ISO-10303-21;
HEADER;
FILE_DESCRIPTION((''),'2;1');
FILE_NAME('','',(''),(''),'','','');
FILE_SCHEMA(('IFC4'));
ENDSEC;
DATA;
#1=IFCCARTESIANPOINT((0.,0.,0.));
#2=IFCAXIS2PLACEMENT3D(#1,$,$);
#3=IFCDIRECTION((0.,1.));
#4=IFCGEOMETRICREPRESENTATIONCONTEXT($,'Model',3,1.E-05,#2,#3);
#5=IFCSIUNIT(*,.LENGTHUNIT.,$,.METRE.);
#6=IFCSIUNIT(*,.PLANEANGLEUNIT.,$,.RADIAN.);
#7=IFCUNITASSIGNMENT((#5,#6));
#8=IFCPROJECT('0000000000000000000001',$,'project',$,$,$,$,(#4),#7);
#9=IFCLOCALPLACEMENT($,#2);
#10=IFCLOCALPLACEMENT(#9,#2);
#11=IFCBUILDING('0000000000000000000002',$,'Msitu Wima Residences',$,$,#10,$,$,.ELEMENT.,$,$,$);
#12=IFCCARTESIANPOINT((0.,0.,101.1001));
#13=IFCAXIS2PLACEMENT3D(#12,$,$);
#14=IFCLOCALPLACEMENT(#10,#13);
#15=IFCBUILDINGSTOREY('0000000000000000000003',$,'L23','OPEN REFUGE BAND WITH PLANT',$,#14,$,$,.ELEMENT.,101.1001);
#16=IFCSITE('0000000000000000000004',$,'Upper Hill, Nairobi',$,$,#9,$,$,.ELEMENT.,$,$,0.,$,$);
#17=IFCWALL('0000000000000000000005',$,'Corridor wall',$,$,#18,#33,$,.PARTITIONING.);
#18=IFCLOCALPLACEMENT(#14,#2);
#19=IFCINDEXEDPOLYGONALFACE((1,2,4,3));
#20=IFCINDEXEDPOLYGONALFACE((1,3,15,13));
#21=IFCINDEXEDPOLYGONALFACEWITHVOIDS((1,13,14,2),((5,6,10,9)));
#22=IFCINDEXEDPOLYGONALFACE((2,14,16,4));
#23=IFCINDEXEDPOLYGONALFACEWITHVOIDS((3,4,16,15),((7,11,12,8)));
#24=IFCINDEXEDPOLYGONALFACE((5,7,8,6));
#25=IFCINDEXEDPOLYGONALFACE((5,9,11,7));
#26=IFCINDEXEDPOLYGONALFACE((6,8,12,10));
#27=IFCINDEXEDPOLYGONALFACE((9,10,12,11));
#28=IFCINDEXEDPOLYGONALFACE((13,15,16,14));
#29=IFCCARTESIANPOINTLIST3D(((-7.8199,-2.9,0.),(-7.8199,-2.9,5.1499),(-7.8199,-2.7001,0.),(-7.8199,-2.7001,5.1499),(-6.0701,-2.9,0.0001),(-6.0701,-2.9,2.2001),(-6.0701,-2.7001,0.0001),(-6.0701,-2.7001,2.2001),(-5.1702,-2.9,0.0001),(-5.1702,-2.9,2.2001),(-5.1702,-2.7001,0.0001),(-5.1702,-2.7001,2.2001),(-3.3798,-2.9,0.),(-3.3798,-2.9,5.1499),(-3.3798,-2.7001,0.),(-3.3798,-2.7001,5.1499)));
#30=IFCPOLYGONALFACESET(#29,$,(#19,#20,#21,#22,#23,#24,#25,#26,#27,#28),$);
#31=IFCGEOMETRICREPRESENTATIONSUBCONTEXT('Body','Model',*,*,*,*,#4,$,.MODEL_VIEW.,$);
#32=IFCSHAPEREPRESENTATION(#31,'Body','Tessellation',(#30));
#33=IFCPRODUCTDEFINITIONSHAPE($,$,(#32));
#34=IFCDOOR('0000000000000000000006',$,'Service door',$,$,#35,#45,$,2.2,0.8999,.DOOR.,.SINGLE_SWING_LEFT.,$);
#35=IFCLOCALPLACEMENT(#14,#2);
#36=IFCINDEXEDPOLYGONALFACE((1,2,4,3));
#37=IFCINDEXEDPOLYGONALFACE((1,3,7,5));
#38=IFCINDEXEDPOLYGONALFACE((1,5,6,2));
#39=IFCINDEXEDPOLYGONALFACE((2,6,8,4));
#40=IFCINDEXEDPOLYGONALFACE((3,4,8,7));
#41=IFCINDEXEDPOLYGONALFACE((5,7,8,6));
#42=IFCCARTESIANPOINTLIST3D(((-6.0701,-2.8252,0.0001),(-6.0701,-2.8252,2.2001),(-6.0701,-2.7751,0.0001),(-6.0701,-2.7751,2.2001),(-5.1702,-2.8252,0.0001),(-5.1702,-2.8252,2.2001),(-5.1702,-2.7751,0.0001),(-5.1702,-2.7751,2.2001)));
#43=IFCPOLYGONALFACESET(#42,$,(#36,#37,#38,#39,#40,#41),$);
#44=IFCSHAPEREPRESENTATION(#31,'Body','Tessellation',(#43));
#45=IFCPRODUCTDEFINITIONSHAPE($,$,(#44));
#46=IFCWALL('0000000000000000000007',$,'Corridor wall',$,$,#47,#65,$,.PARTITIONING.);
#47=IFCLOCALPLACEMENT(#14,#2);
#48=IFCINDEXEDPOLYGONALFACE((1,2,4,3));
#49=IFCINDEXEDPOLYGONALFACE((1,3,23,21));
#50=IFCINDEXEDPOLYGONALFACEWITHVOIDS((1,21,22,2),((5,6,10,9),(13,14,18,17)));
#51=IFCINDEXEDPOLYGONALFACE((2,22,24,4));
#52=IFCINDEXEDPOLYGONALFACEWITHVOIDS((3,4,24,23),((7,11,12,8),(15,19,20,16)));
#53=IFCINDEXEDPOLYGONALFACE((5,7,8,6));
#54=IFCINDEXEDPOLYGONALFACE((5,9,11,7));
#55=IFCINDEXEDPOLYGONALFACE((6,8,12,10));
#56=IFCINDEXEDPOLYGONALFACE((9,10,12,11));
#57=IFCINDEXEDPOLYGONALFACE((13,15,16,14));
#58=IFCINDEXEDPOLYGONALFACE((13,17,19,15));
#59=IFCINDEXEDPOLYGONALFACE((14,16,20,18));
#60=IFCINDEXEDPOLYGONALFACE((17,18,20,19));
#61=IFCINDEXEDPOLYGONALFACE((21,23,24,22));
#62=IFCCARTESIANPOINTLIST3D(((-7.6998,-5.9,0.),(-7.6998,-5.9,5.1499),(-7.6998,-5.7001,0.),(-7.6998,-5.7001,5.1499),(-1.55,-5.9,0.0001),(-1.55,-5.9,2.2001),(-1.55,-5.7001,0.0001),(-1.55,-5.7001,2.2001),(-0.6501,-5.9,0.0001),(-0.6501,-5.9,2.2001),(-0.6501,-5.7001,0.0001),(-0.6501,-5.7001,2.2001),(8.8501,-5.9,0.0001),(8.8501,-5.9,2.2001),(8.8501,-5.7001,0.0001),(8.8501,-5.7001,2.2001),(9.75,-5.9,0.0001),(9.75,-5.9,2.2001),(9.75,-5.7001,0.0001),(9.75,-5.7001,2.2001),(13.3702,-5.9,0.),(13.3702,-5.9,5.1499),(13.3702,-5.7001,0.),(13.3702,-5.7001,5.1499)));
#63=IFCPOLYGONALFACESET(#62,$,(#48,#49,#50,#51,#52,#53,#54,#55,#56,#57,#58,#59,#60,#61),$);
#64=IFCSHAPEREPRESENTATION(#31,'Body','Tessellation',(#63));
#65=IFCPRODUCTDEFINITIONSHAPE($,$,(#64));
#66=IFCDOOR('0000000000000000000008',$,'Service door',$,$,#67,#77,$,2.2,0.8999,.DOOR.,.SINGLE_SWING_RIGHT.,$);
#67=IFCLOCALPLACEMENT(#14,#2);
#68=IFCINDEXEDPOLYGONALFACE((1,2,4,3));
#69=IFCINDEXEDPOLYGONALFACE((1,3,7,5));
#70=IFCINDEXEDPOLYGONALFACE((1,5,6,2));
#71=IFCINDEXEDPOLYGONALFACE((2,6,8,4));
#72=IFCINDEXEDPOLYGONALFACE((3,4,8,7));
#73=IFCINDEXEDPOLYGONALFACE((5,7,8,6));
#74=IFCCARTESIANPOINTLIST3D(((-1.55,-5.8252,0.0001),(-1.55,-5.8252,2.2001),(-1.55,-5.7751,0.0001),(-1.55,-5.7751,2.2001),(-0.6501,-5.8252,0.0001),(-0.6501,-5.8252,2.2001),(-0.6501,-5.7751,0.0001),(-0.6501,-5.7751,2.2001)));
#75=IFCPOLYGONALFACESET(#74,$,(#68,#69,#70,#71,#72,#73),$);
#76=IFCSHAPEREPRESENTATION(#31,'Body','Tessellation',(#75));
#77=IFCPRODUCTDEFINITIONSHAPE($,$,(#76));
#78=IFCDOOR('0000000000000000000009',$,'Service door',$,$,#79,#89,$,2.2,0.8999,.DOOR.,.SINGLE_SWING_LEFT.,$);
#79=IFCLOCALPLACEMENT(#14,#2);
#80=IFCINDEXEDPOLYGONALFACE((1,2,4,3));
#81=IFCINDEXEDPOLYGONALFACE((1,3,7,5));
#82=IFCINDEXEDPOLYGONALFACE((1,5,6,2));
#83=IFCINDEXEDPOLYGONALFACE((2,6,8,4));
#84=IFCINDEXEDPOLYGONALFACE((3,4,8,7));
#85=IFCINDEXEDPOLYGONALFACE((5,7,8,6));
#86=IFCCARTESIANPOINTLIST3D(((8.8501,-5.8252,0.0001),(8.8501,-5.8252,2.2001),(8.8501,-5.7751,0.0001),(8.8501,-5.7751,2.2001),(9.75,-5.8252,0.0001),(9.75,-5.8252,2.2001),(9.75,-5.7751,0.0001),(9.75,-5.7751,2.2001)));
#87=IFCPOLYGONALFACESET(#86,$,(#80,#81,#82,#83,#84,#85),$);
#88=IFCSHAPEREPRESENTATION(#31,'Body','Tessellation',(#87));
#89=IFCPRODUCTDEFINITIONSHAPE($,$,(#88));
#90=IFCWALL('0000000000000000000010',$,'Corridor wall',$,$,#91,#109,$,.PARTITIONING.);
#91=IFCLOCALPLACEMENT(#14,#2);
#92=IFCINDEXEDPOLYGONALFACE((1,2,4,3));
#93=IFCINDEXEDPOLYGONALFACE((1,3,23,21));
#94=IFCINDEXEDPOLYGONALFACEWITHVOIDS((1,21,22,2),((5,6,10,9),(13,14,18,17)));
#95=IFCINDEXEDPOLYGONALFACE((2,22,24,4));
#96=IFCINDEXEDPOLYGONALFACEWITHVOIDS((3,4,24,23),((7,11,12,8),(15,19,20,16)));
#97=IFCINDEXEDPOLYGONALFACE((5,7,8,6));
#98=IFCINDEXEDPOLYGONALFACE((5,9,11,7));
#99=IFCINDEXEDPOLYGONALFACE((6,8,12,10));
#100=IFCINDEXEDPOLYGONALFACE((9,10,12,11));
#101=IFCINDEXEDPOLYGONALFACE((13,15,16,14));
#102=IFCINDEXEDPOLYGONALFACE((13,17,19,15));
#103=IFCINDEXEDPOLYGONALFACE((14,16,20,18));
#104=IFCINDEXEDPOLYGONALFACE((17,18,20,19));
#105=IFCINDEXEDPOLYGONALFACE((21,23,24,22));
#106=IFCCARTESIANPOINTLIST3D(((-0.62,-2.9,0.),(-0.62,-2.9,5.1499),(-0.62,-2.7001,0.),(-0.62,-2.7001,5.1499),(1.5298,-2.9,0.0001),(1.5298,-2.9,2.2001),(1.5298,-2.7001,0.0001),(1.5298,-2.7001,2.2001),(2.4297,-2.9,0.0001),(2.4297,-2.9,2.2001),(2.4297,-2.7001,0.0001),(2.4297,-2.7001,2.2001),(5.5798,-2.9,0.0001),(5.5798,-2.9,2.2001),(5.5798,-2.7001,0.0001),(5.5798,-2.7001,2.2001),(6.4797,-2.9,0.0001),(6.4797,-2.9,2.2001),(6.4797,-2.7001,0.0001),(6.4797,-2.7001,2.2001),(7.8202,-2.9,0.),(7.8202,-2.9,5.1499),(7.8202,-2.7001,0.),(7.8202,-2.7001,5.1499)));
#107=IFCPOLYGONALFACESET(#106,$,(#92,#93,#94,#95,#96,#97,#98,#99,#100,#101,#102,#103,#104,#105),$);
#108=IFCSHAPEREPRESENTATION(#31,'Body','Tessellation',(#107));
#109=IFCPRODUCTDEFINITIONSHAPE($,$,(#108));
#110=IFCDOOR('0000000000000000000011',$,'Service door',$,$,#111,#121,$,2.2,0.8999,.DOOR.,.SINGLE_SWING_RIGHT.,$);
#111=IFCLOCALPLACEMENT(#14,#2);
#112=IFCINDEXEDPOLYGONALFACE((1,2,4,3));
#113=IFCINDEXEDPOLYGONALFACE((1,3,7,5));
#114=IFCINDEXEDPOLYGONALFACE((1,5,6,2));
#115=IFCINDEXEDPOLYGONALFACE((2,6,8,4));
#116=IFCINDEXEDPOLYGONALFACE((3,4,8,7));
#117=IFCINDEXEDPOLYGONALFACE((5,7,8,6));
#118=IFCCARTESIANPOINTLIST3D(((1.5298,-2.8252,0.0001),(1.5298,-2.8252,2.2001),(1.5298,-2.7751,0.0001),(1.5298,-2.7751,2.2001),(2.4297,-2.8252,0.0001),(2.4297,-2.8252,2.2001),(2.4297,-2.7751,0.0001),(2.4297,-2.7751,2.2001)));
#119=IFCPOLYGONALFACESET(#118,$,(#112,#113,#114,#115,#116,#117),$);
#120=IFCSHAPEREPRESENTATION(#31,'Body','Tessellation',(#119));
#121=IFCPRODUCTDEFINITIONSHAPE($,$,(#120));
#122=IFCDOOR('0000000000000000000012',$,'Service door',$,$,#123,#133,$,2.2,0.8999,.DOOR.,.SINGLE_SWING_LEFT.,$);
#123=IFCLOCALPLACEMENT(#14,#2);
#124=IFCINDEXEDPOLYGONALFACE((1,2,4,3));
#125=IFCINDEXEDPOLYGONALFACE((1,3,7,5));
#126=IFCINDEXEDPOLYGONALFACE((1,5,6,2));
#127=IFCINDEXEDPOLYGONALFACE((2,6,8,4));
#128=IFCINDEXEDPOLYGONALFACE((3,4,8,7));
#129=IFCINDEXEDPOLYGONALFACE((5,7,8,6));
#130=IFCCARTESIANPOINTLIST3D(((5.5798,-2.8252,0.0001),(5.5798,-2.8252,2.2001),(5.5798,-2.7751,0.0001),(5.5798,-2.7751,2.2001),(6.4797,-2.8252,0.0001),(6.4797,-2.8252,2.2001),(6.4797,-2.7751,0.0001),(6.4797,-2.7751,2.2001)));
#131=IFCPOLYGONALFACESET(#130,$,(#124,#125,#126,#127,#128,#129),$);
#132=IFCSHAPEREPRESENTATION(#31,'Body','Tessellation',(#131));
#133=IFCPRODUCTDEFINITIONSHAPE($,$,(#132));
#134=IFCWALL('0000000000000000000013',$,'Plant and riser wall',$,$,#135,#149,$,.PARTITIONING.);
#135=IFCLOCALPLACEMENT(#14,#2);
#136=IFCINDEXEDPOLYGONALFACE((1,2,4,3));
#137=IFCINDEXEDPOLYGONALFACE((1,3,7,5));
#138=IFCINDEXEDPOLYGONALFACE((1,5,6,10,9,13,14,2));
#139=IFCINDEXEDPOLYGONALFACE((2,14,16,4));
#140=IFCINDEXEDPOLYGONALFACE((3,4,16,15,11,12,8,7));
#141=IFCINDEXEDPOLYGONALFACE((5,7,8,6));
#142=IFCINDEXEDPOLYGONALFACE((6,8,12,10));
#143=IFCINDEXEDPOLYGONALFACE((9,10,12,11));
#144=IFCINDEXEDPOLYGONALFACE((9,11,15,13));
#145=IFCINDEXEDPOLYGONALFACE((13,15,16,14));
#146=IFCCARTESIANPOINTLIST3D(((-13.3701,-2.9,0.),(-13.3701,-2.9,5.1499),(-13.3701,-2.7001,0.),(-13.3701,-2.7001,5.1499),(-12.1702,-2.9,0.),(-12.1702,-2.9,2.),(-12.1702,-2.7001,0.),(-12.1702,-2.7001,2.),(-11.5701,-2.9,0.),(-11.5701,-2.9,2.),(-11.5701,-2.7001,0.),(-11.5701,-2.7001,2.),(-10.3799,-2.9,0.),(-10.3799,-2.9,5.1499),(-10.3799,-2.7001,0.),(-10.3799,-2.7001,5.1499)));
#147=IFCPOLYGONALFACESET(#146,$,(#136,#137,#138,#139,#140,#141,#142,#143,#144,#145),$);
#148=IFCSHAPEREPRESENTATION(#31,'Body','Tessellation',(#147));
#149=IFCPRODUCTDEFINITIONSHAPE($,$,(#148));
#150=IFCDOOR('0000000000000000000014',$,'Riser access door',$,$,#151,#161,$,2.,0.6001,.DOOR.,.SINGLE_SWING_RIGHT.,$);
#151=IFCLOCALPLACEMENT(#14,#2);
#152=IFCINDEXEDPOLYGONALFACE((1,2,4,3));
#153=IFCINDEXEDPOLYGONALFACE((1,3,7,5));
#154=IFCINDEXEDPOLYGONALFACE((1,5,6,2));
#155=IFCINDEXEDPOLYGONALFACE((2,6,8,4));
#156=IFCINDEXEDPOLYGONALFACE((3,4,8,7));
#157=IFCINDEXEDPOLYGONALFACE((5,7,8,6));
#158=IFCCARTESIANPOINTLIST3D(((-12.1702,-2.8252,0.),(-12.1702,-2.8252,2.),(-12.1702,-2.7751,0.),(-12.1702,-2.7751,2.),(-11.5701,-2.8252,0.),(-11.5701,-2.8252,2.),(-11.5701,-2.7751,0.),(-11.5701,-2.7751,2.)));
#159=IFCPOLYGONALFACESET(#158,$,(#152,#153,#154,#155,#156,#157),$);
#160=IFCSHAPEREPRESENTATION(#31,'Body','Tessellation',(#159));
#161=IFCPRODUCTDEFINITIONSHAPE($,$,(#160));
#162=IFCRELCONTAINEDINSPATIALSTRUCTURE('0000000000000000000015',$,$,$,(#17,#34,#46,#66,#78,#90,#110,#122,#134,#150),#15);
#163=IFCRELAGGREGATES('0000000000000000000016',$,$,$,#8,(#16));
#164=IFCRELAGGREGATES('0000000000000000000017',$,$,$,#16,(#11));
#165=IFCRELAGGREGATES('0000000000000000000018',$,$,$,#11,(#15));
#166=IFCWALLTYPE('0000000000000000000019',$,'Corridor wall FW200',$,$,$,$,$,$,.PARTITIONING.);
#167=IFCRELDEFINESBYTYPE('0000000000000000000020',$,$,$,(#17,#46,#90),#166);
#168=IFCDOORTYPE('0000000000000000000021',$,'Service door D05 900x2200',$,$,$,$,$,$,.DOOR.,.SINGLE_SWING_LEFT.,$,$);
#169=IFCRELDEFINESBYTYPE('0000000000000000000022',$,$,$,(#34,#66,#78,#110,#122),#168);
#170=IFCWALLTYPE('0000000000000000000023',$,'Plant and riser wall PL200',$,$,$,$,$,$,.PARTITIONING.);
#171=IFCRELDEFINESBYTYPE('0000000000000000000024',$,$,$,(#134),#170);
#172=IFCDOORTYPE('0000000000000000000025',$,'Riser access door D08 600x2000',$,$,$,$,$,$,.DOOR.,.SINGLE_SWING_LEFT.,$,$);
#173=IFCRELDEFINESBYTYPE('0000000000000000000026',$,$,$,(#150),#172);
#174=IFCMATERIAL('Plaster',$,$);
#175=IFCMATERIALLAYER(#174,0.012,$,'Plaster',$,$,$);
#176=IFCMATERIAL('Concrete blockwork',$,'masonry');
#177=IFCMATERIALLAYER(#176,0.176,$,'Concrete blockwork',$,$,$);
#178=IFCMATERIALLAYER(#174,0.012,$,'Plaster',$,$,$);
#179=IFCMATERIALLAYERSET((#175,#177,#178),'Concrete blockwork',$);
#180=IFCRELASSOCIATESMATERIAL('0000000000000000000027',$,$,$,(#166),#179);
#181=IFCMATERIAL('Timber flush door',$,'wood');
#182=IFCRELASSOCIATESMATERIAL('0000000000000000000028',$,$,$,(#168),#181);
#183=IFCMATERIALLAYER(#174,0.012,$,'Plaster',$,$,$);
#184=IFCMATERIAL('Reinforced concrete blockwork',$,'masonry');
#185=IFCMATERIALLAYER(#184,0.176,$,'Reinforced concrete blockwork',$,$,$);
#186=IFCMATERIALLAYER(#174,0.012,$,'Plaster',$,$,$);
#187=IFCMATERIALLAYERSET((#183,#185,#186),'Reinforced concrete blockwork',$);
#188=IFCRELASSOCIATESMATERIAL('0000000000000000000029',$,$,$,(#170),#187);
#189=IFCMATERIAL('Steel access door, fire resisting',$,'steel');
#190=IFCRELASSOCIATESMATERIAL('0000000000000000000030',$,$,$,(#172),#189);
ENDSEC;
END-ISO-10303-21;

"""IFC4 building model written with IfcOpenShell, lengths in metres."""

from ifc_helpers import new_model, si_unit, direction, frame, frame_2d, origin, place, context, subcontext, project, spatial, rectangle, extrude, material, layer, layer_set, type_object, element, fill, save


model = new_model("IFC4")

# Units and contexts
model_context = context("Model", 3, precision=1e-05, world=origin(), true_north=direction((0.0, 1.0)))
body_context = subcontext(model_context, "Body", "Model", "MODEL_VIEW")
ifc_project = project(units=[si_unit("LENGTHUNIT", "METRE"), si_unit("PLANEANGLEUNIT", "RADIAN")], contexts=[model_context])

# Site, building, storey
site_placement = place(None, origin())
site = spatial("IfcSite", under=ifc_project, at=site_placement, Name="Upper Hill, Nairobi", CompositionType="ELEMENT", RefElevation=0.0)
building_placement = place(site_placement, origin())
building = spatial("IfcBuilding", under=site, at=building_placement, Name="Msitu Wima Residences", CompositionType="ELEMENT")
storey_placement = place(building_placement, frame((0.0, 0.0, 101.1001)))
storey = spatial("IfcBuildingStorey", under=building, at=storey_placement, Name="L23", Description="OPEN REFUGE BAND WITH PLANT", CompositionType="ELEMENT", Elevation=101.1001)

# Wall, opening, door
ifc_material_1 = material(Name="Plaster")
ifc_layer_1 = layer(ifc_material_1, 0.012, Name="Plaster")
ifc_material_2 = material(Name="Concrete blockwork", Category="masonry")
ifc_layer_2 = layer(ifc_material_2, 0.176, Name="Concrete blockwork")
ifc_layer_3 = layer(ifc_material_1, 0.012, Name="Plaster")
ifc_layer_set_1 = layer_set([ifc_layer_1, ifc_layer_2, ifc_layer_3], Name="Concrete blockwork")
wall_type_1 = type_object("IfcWallType", Name="Corridor wall FW200", PredefinedType="PARTITIONING", material=ifc_layer_set_1)
wall_1_placement = place(storey_placement, frame((-7.8201, -2.8, 0.0), z_axis=(0.0, 0.0, 1.0), x_axis=(1.0, 0.0, 0.0)))
wall_1 = element("IfcWall", 1, at=wall_1_placement, inside=storey, type_object=wall_type_1, Name="Corridor wall", PredefinedType="PARTITIONING", context=body_context, shape_type="SweptSolid", body=[
    extrude(rectangle(XDim=4.4402, YDim=0.2, at=frame_2d((2.2202, 0.0))), origin(), (0.0, 0.0, 1.0), 5.1499),
])
opening_1_placement = place(wall_1_placement, frame((1.75, 0.0, 0.0)))
opening_1 = element("IfcOpeningElement", 2, at=opening_1_placement, cuts=wall_1, PredefinedType="OPENING", context=body_context, shape_type="SweptSolid", body=[
    extrude(rectangle(XDim=0.8999, YDim=2.2, at=frame_2d((0.45, 1.1001))), frame((0.0, 0.1099, 0.0), z_axis=(0.0, -1.0, 0.0), x_axis=(1.0, 0.0, 0.0)), (0.0, 0.0, 1.0), 0.22),
])
ifc_material_3 = material(Name="Timber flush door", Category="wood")
door_type_1 = type_object("IfcDoorType", Name="Service door D05 900x2200", OperationType="SINGLE_SWING_LEFT", PredefinedType="DOOR", material=ifc_material_3)
door_1_placement = place(opening_1_placement, origin())
door_1 = element("IfcDoor", 3, at=door_1_placement, inside=storey, type_object=door_type_1, Name="Service door", OperationType="SINGLE_SWING_LEFT", OverallHeight=2.2, OverallWidth=0.8999, PredefinedType="DOOR", context=body_context, shape_type="SweptSolid", body=[
    extrude(rectangle(XDim=0.8999, YDim=2.2, at=frame_2d((0.45, 1.1001))), frame((0.0, 0.0249, 0.0), z_axis=(0.0, -1.0, 0.0), x_axis=(1.0, 0.0, 0.0)), (0.0, 0.0, 1.0), 0.05),
])
fill(opening_1, door_1)

# Walls, openings, doors
wall_2_placement = place(storey_placement, frame((-7.7, -5.8, 0.0), z_axis=(0.0, 0.0, 1.0), x_axis=(1.0, 0.0, 0.0)))
wall_2 = element("IfcWall", 4, at=wall_2_placement, inside=storey, type_object=wall_type_1, Name="Corridor wall", PredefinedType="PARTITIONING", context=body_context, shape_type="SweptSolid", body=[
    extrude(rectangle(XDim=21.0701, YDim=0.2, at=frame_2d((10.5352, 0.0))), origin(), (0.0, 0.0, 1.0), 5.1499),
])
opening_2_placement = place(wall_2_placement, frame((6.1499, 0.0, 0.0)))
opening_2 = element("IfcOpeningElement", 5, at=opening_2_placement, cuts=wall_2, PredefinedType="OPENING", context=body_context, shape_type="SweptSolid", body=[
    extrude(rectangle(XDim=0.8999, YDim=2.2, at=frame_2d((0.45, 1.1001))), frame((0.0, 0.1099, 0.0), z_axis=(0.0, -1.0, 0.0), x_axis=(1.0, 0.0, 0.0)), (0.0, 0.0, 1.0), 0.22),
])
opening_3_placement = place(wall_2_placement, frame((16.55, 0.0, 0.0)))
opening_3 = element("IfcOpeningElement", 6, at=opening_3_placement, cuts=wall_2, PredefinedType="OPENING", context=body_context, shape_type="SweptSolid", body=[
    extrude(rectangle(XDim=0.8999, YDim=2.2, at=frame_2d((0.45, 1.1001))), frame((0.0, 0.1099, 0.0), z_axis=(0.0, -1.0, 0.0), x_axis=(1.0, 0.0, 0.0)), (0.0, 0.0, 1.0), 0.22),
])
door_2_placement = place(opening_2_placement, origin())
door_2 = element("IfcDoor", 7, at=door_2_placement, inside=storey, type_object=door_type_1, Name="Service door", OperationType="SINGLE_SWING_RIGHT", OverallHeight=2.2, OverallWidth=0.8999, PredefinedType="DOOR", context=body_context, shape_type="SweptSolid", body=[
    extrude(rectangle(XDim=0.8999, YDim=2.2, at=frame_2d((0.45, 1.1001))), frame((0.0, 0.0249, 0.0), z_axis=(0.0, -1.0, 0.0), x_axis=(1.0, 0.0, 0.0)), (0.0, 0.0, 1.0), 0.05),
])
fill(opening_2, door_2)
door_3_placement = place(opening_3_placement, origin())
door_3 = element("IfcDoor", 8, at=door_3_placement, inside=storey, type_object=door_type_1, Name="Service door", OperationType="SINGLE_SWING_LEFT", OverallHeight=2.2, OverallWidth=0.8999, PredefinedType="DOOR", context=body_context, shape_type="SweptSolid", body=[
    extrude(rectangle(XDim=0.8999, YDim=2.2, at=frame_2d((0.45, 1.1001))), frame((0.0, 0.0249, 0.0), z_axis=(0.0, -1.0, 0.0), x_axis=(1.0, 0.0, 0.0)), (0.0, 0.0, 1.0), 0.05),
])
fill(opening_3, door_3)
wall_3_placement = place(storey_placement, frame((-0.6201, -2.8, 0.0), z_axis=(0.0, 0.0, 1.0), x_axis=(1.0, 0.0, 0.0)))
wall_3 = element("IfcWall", 9, at=wall_3_placement, inside=storey, type_object=wall_type_1, Name="Corridor wall", PredefinedType="PARTITIONING", context=body_context, shape_type="SweptSolid", body=[
    extrude(rectangle(XDim=8.4402, YDim=0.2, at=frame_2d((4.2202, 0.0))), origin(), (0.0, 0.0, 1.0), 5.1499),
])
opening_4_placement = place(wall_3_placement, frame((2.1499, 0.0, 0.0)))
opening_4 = element("IfcOpeningElement", 10, at=opening_4_placement, cuts=wall_3, PredefinedType="OPENING", context=body_context, shape_type="SweptSolid", body=[
    extrude(rectangle(XDim=0.8999, YDim=2.2, at=frame_2d((0.45, 1.1001))), frame((0.0, 0.1099, 0.0), z_axis=(0.0, -1.0, 0.0), x_axis=(1.0, 0.0, 0.0)), (0.0, 0.0, 1.0), 0.22),
])
opening_5_placement = place(wall_3_placement, frame((6.2, 0.0, 0.0)))
opening_5 = element("IfcOpeningElement", 11, at=opening_5_placement, cuts=wall_3, PredefinedType="OPENING", context=body_context, shape_type="SweptSolid", body=[
    extrude(rectangle(XDim=0.8999, YDim=2.2, at=frame_2d((0.45, 1.1001))), frame((0.0, 0.1099, 0.0), z_axis=(0.0, -1.0, 0.0), x_axis=(1.0, 0.0, 0.0)), (0.0, 0.0, 1.0), 0.22),
])
door_4_placement = place(opening_4_placement, origin())
door_4 = element("IfcDoor", 12, at=door_4_placement, inside=storey, type_object=door_type_1, Name="Service door", OperationType="SINGLE_SWING_RIGHT", OverallHeight=2.2, OverallWidth=0.8999, PredefinedType="DOOR", context=body_context, shape_type="SweptSolid", body=[
    extrude(rectangle(XDim=0.8999, YDim=2.2, at=frame_2d((0.45, 1.1001))), frame((0.0, 0.0249, 0.0), z_axis=(0.0, -1.0, 0.0), x_axis=(1.0, 0.0, 0.0)), (0.0, 0.0, 1.0), 0.05),
])
fill(opening_4, door_4)
door_5_placement = place(opening_5_placement, origin())
door_5 = element("IfcDoor", 13, at=door_5_placement, inside=storey, type_object=door_type_1, Name="Service door", OperationType="SINGLE_SWING_LEFT", OverallHeight=2.2, OverallWidth=0.8999, PredefinedType="DOOR", context=body_context, shape_type="SweptSolid", body=[
    extrude(rectangle(XDim=0.8999, YDim=2.2, at=frame_2d((0.45, 1.1001))), frame((0.0, 0.0249, 0.0), z_axis=(0.0, -1.0, 0.0), x_axis=(1.0, 0.0, 0.0)), (0.0, 0.0, 1.0), 0.05),
])
fill(opening_5, door_5)

# Wall, opening, door
ifc_layer_4 = layer(ifc_material_1, 0.012, Name="Plaster")
ifc_material_4 = material(Name="Reinforced concrete blockwork", Category="masonry")
ifc_layer_5 = layer(ifc_material_4, 0.176, Name="Reinforced concrete blockwork")
ifc_layer_6 = layer(ifc_material_1, 0.012, Name="Plaster")
ifc_layer_set_2 = layer_set([ifc_layer_4, ifc_layer_5, ifc_layer_6], Name="Reinforced concrete blockwork")
wall_type_2 = type_object("IfcWallType", Name="Plant and riser wall PL200", PredefinedType="PARTITIONING", material=ifc_layer_set_2)
wall_4_placement = place(storey_placement, frame((-13.3701, -2.8, 0.0), z_axis=(0.0, 0.0, 1.0), x_axis=(1.0, 0.0, 0.0)))
wall_4 = element("IfcWall", 14, at=wall_4_placement, inside=storey, type_object=wall_type_2, Name="Plant and riser wall", PredefinedType="PARTITIONING", context=body_context, shape_type="SweptSolid", body=[
    extrude(rectangle(XDim=2.9902, YDim=0.2, at=frame_2d((1.4951, 0.0))), origin(), (0.0, 0.0, 1.0), 5.1499),
])
opening_6_placement = place(wall_4_placement, frame((1.2, 0.0, 0.0)))
opening_6 = element("IfcOpeningElement", 15, at=opening_6_placement, cuts=wall_4, PredefinedType="OPENING", context=body_context, shape_type="SweptSolid", body=[
    extrude(rectangle(XDim=0.6001, YDim=2.0, at=frame_2d((0.3, 1.0))), frame((0.0, 0.1099, 0.0), z_axis=(0.0, -1.0, 0.0), x_axis=(1.0, 0.0, 0.0)), (0.0, 0.0, 1.0), 0.22),
])
ifc_material_5 = material(Name="Steel access door, fire resisting", Category="steel")
door_type_2 = type_object("IfcDoorType", Name="Riser access door D08 600x2000", OperationType="SINGLE_SWING_LEFT", PredefinedType="DOOR", material=ifc_material_5)
door_6_placement = place(opening_6_placement, origin())
door_6 = element("IfcDoor", 16, at=door_6_placement, inside=storey, type_object=door_type_2, Name="Riser access door", OperationType="SINGLE_SWING_RIGHT", OverallHeight=2.0, OverallWidth=0.6001, PredefinedType="DOOR", context=body_context, shape_type="SweptSolid", body=[
    extrude(rectangle(XDim=0.6001, YDim=2.0, at=frame_2d((0.3, 1.0))), frame((0.0, 0.0249, 0.0), z_axis=(0.0, -1.0, 0.0), x_axis=(1.0, 0.0, 0.0)), (0.0, 0.0, 1.0), 0.05),
])
fill(opening_6, door_6)

save(model, "model.ifc")
